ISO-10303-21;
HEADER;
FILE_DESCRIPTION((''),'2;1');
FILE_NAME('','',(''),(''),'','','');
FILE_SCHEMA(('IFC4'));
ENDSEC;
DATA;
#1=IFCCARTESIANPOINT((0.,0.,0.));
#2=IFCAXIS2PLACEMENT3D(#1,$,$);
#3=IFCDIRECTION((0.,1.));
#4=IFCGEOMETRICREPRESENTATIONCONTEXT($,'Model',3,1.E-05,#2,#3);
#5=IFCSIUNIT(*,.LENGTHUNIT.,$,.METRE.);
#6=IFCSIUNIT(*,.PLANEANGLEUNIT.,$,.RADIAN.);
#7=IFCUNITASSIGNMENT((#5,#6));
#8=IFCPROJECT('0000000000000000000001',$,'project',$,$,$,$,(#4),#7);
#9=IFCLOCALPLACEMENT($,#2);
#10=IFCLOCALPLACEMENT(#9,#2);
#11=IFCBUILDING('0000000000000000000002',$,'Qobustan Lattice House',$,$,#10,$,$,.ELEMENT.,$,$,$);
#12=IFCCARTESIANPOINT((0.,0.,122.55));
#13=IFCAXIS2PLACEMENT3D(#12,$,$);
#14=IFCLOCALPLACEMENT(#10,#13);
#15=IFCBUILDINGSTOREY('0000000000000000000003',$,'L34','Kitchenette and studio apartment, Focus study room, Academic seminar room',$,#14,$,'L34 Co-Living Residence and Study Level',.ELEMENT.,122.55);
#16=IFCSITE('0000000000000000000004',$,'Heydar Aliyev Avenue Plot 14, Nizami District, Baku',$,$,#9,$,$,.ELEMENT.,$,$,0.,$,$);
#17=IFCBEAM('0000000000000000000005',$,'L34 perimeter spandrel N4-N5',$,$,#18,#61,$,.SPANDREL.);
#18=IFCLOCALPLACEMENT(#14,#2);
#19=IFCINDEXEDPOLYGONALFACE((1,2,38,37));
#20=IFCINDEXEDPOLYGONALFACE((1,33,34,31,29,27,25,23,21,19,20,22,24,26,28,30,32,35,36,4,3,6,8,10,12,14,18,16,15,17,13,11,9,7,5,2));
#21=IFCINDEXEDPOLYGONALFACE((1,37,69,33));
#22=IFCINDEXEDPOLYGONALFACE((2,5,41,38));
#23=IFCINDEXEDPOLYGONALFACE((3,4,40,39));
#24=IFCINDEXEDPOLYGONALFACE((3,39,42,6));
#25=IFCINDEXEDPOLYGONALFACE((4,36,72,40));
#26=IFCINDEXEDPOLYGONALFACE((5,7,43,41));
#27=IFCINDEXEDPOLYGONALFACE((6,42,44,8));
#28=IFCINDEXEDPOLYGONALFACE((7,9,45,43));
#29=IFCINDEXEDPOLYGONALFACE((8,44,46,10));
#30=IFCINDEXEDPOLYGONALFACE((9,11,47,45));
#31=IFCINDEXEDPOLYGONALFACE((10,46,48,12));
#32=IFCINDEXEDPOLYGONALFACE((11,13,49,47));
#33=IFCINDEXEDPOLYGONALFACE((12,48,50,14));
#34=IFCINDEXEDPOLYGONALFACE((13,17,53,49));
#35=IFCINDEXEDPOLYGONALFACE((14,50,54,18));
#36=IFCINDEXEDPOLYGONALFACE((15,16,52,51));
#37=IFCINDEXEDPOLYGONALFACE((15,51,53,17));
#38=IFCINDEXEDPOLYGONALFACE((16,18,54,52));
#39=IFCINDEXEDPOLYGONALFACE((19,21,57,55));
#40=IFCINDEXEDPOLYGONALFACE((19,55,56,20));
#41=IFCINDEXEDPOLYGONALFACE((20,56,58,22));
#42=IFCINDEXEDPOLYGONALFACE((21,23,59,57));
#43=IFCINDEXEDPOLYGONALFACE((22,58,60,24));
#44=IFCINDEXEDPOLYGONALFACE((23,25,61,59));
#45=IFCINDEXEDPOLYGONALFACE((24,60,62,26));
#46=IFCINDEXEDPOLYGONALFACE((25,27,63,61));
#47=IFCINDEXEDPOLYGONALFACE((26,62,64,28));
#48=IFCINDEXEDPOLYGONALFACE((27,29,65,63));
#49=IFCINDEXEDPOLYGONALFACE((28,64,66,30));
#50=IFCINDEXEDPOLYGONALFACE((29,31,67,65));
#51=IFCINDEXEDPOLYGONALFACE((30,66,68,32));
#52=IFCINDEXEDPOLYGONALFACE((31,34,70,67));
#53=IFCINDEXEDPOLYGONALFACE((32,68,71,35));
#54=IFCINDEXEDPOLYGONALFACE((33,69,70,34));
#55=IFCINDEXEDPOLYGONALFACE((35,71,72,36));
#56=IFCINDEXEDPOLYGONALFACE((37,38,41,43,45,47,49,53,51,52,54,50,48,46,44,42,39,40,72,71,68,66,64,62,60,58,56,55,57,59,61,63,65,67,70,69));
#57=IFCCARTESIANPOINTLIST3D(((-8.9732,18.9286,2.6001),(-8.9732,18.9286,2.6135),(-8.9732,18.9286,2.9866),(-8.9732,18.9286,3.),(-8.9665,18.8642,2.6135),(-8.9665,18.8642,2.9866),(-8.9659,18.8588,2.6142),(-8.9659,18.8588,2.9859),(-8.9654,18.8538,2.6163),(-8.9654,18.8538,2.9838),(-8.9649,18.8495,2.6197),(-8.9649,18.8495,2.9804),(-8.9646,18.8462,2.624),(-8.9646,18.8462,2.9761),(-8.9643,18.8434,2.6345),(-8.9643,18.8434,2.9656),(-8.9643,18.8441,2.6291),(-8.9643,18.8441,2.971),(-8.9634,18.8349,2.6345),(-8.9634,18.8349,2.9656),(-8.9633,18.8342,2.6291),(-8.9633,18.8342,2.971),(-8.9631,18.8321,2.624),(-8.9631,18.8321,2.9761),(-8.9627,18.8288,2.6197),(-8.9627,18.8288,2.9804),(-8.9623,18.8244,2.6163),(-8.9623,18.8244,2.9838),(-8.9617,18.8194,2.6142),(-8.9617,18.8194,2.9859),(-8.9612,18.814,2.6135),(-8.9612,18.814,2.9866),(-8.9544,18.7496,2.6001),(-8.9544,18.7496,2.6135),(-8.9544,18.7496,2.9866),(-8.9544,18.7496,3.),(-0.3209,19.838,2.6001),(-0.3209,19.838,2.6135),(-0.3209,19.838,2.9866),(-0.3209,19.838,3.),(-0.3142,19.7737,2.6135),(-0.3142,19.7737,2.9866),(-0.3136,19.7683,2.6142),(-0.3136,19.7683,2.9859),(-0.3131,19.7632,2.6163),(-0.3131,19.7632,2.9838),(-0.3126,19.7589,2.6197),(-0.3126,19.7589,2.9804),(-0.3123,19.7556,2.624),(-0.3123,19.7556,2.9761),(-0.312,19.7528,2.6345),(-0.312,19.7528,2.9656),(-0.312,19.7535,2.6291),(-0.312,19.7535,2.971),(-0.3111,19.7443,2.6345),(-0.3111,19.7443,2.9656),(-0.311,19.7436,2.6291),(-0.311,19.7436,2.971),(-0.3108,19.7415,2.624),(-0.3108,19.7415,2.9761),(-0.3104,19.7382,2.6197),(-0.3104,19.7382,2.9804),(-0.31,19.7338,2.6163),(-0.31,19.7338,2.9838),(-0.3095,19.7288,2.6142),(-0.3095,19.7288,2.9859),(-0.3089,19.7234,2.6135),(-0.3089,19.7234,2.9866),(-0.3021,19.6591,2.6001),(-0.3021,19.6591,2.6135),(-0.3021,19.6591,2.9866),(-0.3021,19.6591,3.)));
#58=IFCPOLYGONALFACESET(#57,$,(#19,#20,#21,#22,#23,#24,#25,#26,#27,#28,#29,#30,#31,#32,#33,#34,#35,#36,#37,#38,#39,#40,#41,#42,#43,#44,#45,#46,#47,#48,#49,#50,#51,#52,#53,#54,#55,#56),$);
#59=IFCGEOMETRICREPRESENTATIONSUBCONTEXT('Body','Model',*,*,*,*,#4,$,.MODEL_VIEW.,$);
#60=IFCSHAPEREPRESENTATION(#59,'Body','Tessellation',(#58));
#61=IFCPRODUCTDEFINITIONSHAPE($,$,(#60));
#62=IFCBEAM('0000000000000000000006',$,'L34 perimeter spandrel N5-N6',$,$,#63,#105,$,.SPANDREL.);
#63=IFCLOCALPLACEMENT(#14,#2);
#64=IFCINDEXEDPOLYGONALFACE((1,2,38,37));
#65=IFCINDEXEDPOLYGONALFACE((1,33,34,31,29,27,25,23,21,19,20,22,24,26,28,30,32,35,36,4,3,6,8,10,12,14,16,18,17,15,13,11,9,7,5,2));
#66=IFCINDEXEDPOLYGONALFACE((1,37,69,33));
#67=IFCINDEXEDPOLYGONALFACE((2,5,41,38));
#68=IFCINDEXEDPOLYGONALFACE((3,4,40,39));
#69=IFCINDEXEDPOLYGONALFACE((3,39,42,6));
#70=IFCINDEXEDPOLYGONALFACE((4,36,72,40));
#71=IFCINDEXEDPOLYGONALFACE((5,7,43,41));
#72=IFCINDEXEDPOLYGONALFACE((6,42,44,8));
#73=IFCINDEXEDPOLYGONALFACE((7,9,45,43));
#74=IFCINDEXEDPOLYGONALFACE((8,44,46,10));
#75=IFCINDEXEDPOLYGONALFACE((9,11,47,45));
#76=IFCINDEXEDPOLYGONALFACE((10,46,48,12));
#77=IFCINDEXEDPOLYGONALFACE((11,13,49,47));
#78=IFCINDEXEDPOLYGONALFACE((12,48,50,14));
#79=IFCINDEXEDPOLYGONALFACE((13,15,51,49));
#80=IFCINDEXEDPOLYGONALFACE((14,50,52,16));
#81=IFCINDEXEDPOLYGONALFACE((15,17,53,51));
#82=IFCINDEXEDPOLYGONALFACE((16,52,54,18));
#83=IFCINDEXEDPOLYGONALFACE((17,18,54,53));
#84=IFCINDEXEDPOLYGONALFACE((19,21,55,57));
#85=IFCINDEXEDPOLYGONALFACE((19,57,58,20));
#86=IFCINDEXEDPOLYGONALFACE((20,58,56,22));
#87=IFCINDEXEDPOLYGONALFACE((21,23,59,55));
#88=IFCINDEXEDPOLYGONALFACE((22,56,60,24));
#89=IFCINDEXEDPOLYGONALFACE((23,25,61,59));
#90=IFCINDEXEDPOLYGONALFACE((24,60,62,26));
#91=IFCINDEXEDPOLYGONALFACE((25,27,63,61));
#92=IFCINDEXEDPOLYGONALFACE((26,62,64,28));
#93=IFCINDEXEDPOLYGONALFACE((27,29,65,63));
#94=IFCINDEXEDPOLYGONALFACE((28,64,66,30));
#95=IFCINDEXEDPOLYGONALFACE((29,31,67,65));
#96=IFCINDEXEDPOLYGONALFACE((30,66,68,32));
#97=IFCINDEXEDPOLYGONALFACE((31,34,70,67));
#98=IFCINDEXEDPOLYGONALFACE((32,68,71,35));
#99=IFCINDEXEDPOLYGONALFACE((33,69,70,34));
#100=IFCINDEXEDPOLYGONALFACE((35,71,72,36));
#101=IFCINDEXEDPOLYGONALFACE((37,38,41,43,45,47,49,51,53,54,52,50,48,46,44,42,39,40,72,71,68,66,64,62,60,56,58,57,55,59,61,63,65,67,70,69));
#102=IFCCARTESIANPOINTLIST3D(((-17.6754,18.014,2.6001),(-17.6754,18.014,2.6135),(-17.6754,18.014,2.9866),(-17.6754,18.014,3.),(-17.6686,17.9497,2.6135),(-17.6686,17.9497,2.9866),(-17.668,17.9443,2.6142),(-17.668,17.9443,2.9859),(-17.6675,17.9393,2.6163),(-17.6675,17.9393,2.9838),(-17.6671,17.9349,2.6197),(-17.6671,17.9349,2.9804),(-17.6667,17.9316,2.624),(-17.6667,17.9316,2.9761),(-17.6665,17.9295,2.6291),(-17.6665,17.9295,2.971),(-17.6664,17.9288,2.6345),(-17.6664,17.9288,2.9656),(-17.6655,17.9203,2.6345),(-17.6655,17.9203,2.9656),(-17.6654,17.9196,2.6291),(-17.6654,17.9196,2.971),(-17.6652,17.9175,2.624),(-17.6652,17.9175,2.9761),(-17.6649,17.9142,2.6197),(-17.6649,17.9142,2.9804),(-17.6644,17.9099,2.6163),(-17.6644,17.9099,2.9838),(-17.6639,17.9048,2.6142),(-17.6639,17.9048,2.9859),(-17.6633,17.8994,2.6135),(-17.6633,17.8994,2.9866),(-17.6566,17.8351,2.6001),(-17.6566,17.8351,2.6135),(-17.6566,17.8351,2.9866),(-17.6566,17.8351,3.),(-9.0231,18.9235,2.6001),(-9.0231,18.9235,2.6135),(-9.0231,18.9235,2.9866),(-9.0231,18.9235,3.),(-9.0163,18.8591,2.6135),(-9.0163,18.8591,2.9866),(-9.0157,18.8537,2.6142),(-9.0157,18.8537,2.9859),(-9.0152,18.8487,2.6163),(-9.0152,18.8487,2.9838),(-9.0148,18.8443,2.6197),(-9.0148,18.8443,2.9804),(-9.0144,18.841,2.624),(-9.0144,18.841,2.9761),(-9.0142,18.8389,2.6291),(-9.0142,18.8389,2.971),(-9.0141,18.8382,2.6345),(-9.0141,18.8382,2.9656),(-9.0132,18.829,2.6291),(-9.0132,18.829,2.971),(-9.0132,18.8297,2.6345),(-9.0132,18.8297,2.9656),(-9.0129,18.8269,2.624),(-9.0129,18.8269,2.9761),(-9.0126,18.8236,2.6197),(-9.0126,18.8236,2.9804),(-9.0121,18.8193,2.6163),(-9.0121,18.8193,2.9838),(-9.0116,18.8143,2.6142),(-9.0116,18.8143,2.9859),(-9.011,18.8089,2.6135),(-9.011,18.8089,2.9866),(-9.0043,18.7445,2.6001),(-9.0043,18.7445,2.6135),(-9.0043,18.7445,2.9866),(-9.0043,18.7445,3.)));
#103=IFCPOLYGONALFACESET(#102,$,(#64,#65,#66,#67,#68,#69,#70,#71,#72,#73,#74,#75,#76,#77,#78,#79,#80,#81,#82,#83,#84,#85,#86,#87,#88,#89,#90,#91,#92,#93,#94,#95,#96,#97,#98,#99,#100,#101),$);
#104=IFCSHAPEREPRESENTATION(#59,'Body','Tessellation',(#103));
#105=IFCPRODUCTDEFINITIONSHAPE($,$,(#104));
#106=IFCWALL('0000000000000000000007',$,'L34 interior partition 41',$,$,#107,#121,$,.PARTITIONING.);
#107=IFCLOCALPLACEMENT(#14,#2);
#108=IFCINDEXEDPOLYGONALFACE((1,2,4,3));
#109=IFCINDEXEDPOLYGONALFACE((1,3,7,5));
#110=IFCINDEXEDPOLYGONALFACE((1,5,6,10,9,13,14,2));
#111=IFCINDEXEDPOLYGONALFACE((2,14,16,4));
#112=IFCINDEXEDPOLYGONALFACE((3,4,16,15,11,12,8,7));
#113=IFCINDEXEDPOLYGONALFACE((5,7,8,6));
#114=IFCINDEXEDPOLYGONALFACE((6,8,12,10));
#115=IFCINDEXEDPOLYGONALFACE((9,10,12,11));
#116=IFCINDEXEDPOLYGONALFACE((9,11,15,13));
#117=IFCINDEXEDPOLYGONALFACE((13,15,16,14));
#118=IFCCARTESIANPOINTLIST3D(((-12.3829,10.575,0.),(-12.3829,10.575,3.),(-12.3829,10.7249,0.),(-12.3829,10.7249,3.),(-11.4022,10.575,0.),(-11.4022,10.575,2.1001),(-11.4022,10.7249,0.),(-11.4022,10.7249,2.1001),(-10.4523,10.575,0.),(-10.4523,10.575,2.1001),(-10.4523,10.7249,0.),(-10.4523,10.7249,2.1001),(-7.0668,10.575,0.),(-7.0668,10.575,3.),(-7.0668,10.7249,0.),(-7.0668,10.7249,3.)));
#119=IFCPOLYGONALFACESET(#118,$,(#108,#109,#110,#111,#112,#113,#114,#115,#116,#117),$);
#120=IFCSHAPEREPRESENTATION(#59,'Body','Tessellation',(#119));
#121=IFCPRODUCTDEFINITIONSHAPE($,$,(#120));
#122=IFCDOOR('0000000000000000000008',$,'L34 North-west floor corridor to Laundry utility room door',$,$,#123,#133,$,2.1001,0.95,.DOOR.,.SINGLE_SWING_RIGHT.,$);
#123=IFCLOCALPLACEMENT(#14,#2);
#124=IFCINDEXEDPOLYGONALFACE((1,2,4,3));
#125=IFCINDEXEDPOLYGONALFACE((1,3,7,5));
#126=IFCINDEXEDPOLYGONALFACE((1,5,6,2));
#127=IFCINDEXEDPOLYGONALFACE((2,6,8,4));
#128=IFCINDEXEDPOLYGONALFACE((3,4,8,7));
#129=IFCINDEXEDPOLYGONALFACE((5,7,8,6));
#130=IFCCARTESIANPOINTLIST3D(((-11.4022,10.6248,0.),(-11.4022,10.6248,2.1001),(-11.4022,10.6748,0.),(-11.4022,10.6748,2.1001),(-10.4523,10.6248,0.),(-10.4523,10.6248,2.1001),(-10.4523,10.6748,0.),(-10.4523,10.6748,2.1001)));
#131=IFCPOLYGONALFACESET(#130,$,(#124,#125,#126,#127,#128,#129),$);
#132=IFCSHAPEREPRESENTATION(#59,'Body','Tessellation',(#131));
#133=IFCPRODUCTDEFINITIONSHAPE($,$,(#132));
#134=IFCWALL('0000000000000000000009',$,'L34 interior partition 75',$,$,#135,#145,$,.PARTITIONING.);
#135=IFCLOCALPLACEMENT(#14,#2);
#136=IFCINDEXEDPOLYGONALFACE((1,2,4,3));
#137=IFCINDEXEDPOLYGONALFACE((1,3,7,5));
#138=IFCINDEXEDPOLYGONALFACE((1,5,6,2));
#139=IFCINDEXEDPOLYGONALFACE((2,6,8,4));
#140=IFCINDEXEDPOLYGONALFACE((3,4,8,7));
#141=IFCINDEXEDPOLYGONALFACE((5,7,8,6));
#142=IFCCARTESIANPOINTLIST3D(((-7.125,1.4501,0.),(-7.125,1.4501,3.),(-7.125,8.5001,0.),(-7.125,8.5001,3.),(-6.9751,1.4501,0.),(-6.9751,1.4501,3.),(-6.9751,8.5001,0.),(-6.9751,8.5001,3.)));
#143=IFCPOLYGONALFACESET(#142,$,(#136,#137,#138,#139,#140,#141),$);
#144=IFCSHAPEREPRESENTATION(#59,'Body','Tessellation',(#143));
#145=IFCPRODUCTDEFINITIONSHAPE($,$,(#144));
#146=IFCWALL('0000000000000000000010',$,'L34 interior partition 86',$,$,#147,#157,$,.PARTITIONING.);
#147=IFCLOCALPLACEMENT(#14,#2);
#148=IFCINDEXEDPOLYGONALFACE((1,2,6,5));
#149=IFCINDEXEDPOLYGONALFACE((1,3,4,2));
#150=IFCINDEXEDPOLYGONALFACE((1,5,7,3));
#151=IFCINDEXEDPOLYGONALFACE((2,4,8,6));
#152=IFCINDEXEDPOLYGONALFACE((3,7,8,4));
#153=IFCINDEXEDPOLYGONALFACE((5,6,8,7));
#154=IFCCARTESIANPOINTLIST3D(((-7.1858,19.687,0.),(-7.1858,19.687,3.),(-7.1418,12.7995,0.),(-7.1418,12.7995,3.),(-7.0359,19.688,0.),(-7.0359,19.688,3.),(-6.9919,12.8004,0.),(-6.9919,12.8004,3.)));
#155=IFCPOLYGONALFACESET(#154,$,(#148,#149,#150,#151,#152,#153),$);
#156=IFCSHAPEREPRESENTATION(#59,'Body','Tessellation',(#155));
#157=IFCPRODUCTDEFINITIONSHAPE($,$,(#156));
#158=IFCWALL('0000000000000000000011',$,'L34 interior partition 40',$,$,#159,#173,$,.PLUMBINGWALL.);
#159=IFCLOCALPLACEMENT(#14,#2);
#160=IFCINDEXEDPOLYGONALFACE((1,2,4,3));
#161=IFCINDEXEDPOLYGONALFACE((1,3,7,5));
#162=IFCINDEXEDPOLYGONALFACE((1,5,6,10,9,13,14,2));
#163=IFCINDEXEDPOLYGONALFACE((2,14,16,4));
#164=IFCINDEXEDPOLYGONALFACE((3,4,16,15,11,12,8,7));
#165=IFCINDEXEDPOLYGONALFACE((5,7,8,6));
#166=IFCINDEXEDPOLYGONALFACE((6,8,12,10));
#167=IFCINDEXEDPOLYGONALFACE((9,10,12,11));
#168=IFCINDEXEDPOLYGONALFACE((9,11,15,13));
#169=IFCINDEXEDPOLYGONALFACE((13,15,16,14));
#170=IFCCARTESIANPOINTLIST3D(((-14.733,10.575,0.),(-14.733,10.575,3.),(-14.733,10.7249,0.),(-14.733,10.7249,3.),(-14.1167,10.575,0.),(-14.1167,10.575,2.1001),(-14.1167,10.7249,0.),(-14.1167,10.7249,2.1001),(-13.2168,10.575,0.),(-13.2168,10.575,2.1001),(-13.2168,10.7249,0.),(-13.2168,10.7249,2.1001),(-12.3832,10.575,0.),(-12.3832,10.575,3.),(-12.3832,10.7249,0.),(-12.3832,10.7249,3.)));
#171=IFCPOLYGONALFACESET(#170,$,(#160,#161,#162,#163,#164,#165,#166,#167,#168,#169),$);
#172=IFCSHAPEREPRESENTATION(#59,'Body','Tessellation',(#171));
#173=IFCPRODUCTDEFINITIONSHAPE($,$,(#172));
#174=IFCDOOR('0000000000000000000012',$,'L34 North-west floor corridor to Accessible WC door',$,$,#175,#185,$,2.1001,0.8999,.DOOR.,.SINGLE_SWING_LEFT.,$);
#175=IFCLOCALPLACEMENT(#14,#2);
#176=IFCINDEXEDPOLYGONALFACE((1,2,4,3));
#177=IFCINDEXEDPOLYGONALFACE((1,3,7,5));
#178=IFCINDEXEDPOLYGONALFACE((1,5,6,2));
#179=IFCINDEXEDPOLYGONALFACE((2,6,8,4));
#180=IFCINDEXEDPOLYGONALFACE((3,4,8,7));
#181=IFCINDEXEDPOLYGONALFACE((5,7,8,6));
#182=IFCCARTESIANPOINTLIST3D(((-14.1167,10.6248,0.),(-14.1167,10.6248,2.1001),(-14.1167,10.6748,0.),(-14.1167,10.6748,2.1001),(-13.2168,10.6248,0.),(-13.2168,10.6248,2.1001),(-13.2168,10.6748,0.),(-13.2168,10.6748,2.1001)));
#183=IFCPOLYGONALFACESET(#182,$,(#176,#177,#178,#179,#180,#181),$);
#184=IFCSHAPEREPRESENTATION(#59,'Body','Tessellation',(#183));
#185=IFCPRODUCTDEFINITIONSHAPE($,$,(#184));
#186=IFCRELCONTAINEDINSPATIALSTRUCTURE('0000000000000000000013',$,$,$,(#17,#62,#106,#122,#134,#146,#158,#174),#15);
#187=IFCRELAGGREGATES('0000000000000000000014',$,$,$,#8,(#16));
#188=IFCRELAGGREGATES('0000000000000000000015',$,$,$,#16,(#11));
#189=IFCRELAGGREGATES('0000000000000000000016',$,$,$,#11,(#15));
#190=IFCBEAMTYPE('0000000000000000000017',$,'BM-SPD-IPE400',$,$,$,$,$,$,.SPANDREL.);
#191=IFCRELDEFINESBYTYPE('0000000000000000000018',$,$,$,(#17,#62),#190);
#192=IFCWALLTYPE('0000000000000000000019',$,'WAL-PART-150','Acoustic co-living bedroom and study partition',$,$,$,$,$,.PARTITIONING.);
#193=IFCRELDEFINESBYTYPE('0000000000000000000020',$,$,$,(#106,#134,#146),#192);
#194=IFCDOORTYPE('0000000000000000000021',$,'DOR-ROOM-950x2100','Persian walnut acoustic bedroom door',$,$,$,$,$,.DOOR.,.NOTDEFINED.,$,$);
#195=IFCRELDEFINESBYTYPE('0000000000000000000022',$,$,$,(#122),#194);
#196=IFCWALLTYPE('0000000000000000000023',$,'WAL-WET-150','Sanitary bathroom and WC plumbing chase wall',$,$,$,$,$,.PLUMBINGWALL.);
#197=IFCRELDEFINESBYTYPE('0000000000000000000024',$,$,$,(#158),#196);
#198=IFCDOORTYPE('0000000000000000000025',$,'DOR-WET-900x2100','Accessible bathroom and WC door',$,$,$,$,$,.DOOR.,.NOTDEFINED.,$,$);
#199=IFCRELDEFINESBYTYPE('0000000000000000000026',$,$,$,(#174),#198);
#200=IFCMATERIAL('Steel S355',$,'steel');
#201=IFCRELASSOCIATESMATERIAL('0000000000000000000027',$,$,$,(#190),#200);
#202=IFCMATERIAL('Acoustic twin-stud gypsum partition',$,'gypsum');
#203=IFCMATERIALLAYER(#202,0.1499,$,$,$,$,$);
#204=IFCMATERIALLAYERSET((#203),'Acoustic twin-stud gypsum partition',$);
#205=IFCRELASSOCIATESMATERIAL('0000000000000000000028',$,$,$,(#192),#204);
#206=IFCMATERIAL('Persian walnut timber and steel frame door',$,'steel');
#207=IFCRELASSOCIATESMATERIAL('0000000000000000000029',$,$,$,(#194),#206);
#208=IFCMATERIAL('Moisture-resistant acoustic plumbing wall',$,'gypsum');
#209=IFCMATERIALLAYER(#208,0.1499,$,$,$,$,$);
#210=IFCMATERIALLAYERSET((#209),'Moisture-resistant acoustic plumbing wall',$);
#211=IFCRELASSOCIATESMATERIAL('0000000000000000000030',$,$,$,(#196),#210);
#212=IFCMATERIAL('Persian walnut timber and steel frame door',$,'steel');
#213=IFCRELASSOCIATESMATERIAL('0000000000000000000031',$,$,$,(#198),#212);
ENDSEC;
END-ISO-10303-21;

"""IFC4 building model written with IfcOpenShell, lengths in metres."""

from ifc_helpers import new_model, si_unit, direction, frame, frame_2d, origin, origin_2d, place, context, subcontext, project, spatial, rectangle, i_section, extrude, material, layer, layer_set, material_profile, profile_set, type_object, element, fill, save


model = new_model("IFC4")

# Units and contexts
model_context = context("Model", 3, precision=1e-05, world=origin(), true_north=direction((0.0, 1.0)))
body_context = subcontext(model_context, "Body", "Model", "MODEL_VIEW")
ifc_project = project(units=[si_unit("LENGTHUNIT", "METRE"), si_unit("PLANEANGLEUNIT", "RADIAN")], contexts=[model_context])

# Site, building, storey
site_placement = place(None, origin())
site = spatial("IfcSite", under=ifc_project, at=site_placement, Name="Heydar Aliyev Avenue Plot 14, Nizami District, Baku", CompositionType="ELEMENT", RefElevation=0.0)
building_placement = place(site_placement, origin())
building = spatial("IfcBuilding", under=site, at=building_placement, Name="Qobustan Lattice House", CompositionType="ELEMENT")
storey_placement = place(building_placement, frame((0.0, 0.0, 122.55)))
storey = spatial("IfcBuildingStorey", under=building, at=storey_placement, Name="L34", Description="Kitchenette and studio apartment, Focus study room, Academic seminar room", LongName="L34 Co-Living Residence and Study Level", CompositionType="ELEMENT", Elevation=122.55)

# Beams
ifc_material_1 = material(Name="Steel S355", Category="steel")
ifc_material_profile_1 = material_profile(ifc_material_1, i_section(OverallWidth=0.1799, OverallDepth=0.3999, WebThickness=0.0085, FlangeThickness=0.0134, FilletRadius=0.021, at=origin_2d()), Name="IPE400")
ifc_profile_set_1 = profile_set([ifc_material_profile_1], Name="Steel S355")
beam_type_1 = type_object("IfcBeamType", Name="BM-SPD-IPE400", PredefinedType="SPANDREL", material=ifc_profile_set_1)
for number, where, z_axis, x_axis, name in (
    (1, (-0.3115, 19.7485, 2.8), (-0.994522, -0.104531, 0.0), (0.104531, -0.994522, 0.0), "L34 perimeter spandrel N4-N5"),
    (2, (-9.0137, 18.834, 2.8), (-0.994522, -0.104531, 0.0), (0.104531, -0.994522, 0.0), "L34 perimeter spandrel N5-N6"),
):
    element("IfcBeam", number, at=place(storey_placement, frame(where, z_axis=z_axis, x_axis=x_axis)), inside=storey, type_object=beam_type_1, Name=name, PredefinedType="SPANDREL", context=body_context, shape_type="SweptSolid", body=[
        extrude(i_section(OverallWidth=0.1799, OverallDepth=0.3999, WebThickness=0.0085, FlangeThickness=0.0134, FilletRadius=0.021, at=origin_2d()), origin(), (0.0, 0.0, 1.0), 8.7),
    ])

# Wall, opening, door
ifc_material_2 = material(Name="Acoustic twin-stud gypsum partition", Category="gypsum")
ifc_layer_1 = layer(ifc_material_2, 0.1499)
ifc_layer_set_1 = layer_set([ifc_layer_1], Name="Acoustic twin-stud gypsum partition")
wall_type_1 = type_object("IfcWallType", Name="WAL-PART-150", Description="Acoustic co-living bedroom and study partition", PredefinedType="PARTITIONING", material=ifc_layer_set_1)
wall_1_placement = place(storey_placement, frame((-12.3831, 10.6499, 0.0), z_axis=(0.0, 0.0, 1.0), x_axis=(1.0, 0.0, 0.0)))
wall_1 = element("IfcWall", 3, at=wall_1_placement, inside=storey, type_object=wall_type_1, Name="L34 interior partition 41", PredefinedType="PARTITIONING", context=body_context, shape_type="SweptSolid", body=[
    extrude(rectangle(XDim=5.3162, YDim=0.1499, at=frame_2d((2.6582, 0.0))), origin(), (0.0, 0.0, 1.0), 3.0),
])
opening_1_placement = place(wall_1_placement, frame((0.9807, 0.0, 0.0)))
opening_1 = element("IfcOpeningElement", 4, at=opening_1_placement, cuts=wall_1, PredefinedType="OPENING", context=body_context, shape_type="SweptSolid", body=[
    extrude(rectangle(XDim=0.95, YDim=2.1001, at=frame_2d((0.4751, 1.05))), frame((0.0, 0.085, 0.0), z_axis=(0.0, -1.0, 0.0), x_axis=(1.0, 0.0, 0.0)), (0.0, 0.0, 1.0), 0.1699),
])
ifc_material_3 = material(Name="Persian walnut timber and steel frame door", Category="steel")
door_type_1 = type_object("IfcDoorType", Name="DOR-ROOM-950x2100", Description="Persian walnut acoustic bedroom door", OperationType="NOTDEFINED", PredefinedType="DOOR", material=ifc_material_3)
door_1_placement = place(opening_1_placement, origin())
door_1 = element("IfcDoor", 5, at=door_1_placement, inside=storey, type_object=door_type_1, Name="L34 North-west floor corridor to Laundry utility room door", OperationType="SINGLE_SWING_RIGHT", OverallHeight=2.1001, OverallWidth=0.95, PredefinedType="DOOR", context=body_context, shape_type="SweptSolid", body=[
    extrude(rectangle(XDim=0.95, YDim=2.1001, at=frame_2d((0.4751, 1.05))), frame((0.0, 0.0249, 0.0), z_axis=(0.0, -1.0, 0.0), x_axis=(1.0, 0.0, 0.0)), (0.0, 0.0, 1.0), 0.05),
])
fill(opening_1, door_1)

# Walls
wall_2_placement = place(storey_placement, frame((-7.05, 8.5, 0.0), z_axis=(0.0, 0.0, 1.0), x_axis=(0.0, -1.0, 0.0)))
element("IfcWall", 6, at=wall_2_placement, inside=storey, type_object=wall_type_1, Name="L34 interior partition 75", PredefinedType="PARTITIONING", context=body_context, shape_type="SweptSolid", body=[
    extrude(rectangle(XDim=7.05, YDim=0.1499, at=frame_2d((3.5249, 0.0))), origin(), (0.0, 0.0, 1.0), 3.0),
])
wall_3_placement = place(storey_placement, frame((-7.1108, 19.6875, 0.0), z_axis=(0.0, 0.0, 1.0), x_axis=(0.00638, -0.99998, 0.0)))
element("IfcWall", 7, at=wall_3_placement, inside=storey, type_object=wall_type_1, Name="L34 interior partition 86", PredefinedType="PARTITIONING", context=body_context, shape_type="SweptSolid", body=[
    extrude(rectangle(XDim=6.8877, YDim=0.1499, at=frame_2d((3.4438, 0.0))), origin(), (0.0, 0.0, 1.0), 3.0),
])

# Wall, opening, door
ifc_material_4 = material(Name="Moisture-resistant acoustic plumbing wall", Category="gypsum")
ifc_layer_2 = layer(ifc_material_4, 0.1499)
ifc_layer_set_2 = layer_set([ifc_layer_2], Name="Moisture-resistant acoustic plumbing wall")
wall_type_2 = type_object("IfcWallType", Name="WAL-WET-150", Description="Sanitary bathroom and WC plumbing chase wall", PredefinedType="PLUMBINGWALL", material=ifc_layer_set_2)
wall_4_placement = place(storey_placement, frame((-14.7329, 10.6499, 0.0), z_axis=(0.0, 0.0, 1.0), x_axis=(1.0, 0.0, 0.0)))
wall_4 = element("IfcWall", 8, at=wall_4_placement, inside=storey, type_object=wall_type_2, Name="L34 interior partition 40", PredefinedType="PLUMBINGWALL", context=body_context, shape_type="SweptSolid", body=[
    extrude(rectangle(XDim=2.3499, YDim=0.1499, at=frame_2d((1.1748, 0.0))), origin(), (0.0, 0.0, 1.0), 3.0),
])
opening_2_placement = place(wall_4_placement, frame((0.6162, 0.0, 0.0)))
opening_2 = element("IfcOpeningElement", 9, at=opening_2_placement, cuts=wall_4, PredefinedType="OPENING", context=body_context, shape_type="SweptSolid", body=[
    extrude(rectangle(XDim=0.8999, YDim=2.1001, at=frame_2d((0.45, 1.05))), frame((0.0, 0.085, 0.0), z_axis=(0.0, -1.0, 0.0), x_axis=(1.0, 0.0, 0.0)), (0.0, 0.0, 1.0), 0.1699),
])
ifc_material_5 = material(Name="Persian walnut timber and steel frame door", Category="steel")
door_type_2 = type_object("IfcDoorType", Name="DOR-WET-900x2100", Description="Accessible bathroom and WC door", OperationType="NOTDEFINED", PredefinedType="DOOR", material=ifc_material_5)
door_2_placement = place(opening_2_placement, origin())
door_2 = element("IfcDoor", 10, at=door_2_placement, inside=storey, type_object=door_type_2, Name="L34 North-west floor corridor to Accessible WC door", OperationType="SINGLE_SWING_LEFT", OverallHeight=2.1001, OverallWidth=0.8999, PredefinedType="DOOR", context=body_context, shape_type="SweptSolid", body=[
    extrude(rectangle(XDim=0.8999, YDim=2.1001, at=frame_2d((0.45, 1.05))), frame((0.0, 0.0249, 0.0), z_axis=(0.0, -1.0, 0.0), x_axis=(1.0, 0.0, 0.0)), (0.0, 0.0, 1.0), 0.05),
])
fill(opening_2, door_2)

save(model, "model.ifc")
